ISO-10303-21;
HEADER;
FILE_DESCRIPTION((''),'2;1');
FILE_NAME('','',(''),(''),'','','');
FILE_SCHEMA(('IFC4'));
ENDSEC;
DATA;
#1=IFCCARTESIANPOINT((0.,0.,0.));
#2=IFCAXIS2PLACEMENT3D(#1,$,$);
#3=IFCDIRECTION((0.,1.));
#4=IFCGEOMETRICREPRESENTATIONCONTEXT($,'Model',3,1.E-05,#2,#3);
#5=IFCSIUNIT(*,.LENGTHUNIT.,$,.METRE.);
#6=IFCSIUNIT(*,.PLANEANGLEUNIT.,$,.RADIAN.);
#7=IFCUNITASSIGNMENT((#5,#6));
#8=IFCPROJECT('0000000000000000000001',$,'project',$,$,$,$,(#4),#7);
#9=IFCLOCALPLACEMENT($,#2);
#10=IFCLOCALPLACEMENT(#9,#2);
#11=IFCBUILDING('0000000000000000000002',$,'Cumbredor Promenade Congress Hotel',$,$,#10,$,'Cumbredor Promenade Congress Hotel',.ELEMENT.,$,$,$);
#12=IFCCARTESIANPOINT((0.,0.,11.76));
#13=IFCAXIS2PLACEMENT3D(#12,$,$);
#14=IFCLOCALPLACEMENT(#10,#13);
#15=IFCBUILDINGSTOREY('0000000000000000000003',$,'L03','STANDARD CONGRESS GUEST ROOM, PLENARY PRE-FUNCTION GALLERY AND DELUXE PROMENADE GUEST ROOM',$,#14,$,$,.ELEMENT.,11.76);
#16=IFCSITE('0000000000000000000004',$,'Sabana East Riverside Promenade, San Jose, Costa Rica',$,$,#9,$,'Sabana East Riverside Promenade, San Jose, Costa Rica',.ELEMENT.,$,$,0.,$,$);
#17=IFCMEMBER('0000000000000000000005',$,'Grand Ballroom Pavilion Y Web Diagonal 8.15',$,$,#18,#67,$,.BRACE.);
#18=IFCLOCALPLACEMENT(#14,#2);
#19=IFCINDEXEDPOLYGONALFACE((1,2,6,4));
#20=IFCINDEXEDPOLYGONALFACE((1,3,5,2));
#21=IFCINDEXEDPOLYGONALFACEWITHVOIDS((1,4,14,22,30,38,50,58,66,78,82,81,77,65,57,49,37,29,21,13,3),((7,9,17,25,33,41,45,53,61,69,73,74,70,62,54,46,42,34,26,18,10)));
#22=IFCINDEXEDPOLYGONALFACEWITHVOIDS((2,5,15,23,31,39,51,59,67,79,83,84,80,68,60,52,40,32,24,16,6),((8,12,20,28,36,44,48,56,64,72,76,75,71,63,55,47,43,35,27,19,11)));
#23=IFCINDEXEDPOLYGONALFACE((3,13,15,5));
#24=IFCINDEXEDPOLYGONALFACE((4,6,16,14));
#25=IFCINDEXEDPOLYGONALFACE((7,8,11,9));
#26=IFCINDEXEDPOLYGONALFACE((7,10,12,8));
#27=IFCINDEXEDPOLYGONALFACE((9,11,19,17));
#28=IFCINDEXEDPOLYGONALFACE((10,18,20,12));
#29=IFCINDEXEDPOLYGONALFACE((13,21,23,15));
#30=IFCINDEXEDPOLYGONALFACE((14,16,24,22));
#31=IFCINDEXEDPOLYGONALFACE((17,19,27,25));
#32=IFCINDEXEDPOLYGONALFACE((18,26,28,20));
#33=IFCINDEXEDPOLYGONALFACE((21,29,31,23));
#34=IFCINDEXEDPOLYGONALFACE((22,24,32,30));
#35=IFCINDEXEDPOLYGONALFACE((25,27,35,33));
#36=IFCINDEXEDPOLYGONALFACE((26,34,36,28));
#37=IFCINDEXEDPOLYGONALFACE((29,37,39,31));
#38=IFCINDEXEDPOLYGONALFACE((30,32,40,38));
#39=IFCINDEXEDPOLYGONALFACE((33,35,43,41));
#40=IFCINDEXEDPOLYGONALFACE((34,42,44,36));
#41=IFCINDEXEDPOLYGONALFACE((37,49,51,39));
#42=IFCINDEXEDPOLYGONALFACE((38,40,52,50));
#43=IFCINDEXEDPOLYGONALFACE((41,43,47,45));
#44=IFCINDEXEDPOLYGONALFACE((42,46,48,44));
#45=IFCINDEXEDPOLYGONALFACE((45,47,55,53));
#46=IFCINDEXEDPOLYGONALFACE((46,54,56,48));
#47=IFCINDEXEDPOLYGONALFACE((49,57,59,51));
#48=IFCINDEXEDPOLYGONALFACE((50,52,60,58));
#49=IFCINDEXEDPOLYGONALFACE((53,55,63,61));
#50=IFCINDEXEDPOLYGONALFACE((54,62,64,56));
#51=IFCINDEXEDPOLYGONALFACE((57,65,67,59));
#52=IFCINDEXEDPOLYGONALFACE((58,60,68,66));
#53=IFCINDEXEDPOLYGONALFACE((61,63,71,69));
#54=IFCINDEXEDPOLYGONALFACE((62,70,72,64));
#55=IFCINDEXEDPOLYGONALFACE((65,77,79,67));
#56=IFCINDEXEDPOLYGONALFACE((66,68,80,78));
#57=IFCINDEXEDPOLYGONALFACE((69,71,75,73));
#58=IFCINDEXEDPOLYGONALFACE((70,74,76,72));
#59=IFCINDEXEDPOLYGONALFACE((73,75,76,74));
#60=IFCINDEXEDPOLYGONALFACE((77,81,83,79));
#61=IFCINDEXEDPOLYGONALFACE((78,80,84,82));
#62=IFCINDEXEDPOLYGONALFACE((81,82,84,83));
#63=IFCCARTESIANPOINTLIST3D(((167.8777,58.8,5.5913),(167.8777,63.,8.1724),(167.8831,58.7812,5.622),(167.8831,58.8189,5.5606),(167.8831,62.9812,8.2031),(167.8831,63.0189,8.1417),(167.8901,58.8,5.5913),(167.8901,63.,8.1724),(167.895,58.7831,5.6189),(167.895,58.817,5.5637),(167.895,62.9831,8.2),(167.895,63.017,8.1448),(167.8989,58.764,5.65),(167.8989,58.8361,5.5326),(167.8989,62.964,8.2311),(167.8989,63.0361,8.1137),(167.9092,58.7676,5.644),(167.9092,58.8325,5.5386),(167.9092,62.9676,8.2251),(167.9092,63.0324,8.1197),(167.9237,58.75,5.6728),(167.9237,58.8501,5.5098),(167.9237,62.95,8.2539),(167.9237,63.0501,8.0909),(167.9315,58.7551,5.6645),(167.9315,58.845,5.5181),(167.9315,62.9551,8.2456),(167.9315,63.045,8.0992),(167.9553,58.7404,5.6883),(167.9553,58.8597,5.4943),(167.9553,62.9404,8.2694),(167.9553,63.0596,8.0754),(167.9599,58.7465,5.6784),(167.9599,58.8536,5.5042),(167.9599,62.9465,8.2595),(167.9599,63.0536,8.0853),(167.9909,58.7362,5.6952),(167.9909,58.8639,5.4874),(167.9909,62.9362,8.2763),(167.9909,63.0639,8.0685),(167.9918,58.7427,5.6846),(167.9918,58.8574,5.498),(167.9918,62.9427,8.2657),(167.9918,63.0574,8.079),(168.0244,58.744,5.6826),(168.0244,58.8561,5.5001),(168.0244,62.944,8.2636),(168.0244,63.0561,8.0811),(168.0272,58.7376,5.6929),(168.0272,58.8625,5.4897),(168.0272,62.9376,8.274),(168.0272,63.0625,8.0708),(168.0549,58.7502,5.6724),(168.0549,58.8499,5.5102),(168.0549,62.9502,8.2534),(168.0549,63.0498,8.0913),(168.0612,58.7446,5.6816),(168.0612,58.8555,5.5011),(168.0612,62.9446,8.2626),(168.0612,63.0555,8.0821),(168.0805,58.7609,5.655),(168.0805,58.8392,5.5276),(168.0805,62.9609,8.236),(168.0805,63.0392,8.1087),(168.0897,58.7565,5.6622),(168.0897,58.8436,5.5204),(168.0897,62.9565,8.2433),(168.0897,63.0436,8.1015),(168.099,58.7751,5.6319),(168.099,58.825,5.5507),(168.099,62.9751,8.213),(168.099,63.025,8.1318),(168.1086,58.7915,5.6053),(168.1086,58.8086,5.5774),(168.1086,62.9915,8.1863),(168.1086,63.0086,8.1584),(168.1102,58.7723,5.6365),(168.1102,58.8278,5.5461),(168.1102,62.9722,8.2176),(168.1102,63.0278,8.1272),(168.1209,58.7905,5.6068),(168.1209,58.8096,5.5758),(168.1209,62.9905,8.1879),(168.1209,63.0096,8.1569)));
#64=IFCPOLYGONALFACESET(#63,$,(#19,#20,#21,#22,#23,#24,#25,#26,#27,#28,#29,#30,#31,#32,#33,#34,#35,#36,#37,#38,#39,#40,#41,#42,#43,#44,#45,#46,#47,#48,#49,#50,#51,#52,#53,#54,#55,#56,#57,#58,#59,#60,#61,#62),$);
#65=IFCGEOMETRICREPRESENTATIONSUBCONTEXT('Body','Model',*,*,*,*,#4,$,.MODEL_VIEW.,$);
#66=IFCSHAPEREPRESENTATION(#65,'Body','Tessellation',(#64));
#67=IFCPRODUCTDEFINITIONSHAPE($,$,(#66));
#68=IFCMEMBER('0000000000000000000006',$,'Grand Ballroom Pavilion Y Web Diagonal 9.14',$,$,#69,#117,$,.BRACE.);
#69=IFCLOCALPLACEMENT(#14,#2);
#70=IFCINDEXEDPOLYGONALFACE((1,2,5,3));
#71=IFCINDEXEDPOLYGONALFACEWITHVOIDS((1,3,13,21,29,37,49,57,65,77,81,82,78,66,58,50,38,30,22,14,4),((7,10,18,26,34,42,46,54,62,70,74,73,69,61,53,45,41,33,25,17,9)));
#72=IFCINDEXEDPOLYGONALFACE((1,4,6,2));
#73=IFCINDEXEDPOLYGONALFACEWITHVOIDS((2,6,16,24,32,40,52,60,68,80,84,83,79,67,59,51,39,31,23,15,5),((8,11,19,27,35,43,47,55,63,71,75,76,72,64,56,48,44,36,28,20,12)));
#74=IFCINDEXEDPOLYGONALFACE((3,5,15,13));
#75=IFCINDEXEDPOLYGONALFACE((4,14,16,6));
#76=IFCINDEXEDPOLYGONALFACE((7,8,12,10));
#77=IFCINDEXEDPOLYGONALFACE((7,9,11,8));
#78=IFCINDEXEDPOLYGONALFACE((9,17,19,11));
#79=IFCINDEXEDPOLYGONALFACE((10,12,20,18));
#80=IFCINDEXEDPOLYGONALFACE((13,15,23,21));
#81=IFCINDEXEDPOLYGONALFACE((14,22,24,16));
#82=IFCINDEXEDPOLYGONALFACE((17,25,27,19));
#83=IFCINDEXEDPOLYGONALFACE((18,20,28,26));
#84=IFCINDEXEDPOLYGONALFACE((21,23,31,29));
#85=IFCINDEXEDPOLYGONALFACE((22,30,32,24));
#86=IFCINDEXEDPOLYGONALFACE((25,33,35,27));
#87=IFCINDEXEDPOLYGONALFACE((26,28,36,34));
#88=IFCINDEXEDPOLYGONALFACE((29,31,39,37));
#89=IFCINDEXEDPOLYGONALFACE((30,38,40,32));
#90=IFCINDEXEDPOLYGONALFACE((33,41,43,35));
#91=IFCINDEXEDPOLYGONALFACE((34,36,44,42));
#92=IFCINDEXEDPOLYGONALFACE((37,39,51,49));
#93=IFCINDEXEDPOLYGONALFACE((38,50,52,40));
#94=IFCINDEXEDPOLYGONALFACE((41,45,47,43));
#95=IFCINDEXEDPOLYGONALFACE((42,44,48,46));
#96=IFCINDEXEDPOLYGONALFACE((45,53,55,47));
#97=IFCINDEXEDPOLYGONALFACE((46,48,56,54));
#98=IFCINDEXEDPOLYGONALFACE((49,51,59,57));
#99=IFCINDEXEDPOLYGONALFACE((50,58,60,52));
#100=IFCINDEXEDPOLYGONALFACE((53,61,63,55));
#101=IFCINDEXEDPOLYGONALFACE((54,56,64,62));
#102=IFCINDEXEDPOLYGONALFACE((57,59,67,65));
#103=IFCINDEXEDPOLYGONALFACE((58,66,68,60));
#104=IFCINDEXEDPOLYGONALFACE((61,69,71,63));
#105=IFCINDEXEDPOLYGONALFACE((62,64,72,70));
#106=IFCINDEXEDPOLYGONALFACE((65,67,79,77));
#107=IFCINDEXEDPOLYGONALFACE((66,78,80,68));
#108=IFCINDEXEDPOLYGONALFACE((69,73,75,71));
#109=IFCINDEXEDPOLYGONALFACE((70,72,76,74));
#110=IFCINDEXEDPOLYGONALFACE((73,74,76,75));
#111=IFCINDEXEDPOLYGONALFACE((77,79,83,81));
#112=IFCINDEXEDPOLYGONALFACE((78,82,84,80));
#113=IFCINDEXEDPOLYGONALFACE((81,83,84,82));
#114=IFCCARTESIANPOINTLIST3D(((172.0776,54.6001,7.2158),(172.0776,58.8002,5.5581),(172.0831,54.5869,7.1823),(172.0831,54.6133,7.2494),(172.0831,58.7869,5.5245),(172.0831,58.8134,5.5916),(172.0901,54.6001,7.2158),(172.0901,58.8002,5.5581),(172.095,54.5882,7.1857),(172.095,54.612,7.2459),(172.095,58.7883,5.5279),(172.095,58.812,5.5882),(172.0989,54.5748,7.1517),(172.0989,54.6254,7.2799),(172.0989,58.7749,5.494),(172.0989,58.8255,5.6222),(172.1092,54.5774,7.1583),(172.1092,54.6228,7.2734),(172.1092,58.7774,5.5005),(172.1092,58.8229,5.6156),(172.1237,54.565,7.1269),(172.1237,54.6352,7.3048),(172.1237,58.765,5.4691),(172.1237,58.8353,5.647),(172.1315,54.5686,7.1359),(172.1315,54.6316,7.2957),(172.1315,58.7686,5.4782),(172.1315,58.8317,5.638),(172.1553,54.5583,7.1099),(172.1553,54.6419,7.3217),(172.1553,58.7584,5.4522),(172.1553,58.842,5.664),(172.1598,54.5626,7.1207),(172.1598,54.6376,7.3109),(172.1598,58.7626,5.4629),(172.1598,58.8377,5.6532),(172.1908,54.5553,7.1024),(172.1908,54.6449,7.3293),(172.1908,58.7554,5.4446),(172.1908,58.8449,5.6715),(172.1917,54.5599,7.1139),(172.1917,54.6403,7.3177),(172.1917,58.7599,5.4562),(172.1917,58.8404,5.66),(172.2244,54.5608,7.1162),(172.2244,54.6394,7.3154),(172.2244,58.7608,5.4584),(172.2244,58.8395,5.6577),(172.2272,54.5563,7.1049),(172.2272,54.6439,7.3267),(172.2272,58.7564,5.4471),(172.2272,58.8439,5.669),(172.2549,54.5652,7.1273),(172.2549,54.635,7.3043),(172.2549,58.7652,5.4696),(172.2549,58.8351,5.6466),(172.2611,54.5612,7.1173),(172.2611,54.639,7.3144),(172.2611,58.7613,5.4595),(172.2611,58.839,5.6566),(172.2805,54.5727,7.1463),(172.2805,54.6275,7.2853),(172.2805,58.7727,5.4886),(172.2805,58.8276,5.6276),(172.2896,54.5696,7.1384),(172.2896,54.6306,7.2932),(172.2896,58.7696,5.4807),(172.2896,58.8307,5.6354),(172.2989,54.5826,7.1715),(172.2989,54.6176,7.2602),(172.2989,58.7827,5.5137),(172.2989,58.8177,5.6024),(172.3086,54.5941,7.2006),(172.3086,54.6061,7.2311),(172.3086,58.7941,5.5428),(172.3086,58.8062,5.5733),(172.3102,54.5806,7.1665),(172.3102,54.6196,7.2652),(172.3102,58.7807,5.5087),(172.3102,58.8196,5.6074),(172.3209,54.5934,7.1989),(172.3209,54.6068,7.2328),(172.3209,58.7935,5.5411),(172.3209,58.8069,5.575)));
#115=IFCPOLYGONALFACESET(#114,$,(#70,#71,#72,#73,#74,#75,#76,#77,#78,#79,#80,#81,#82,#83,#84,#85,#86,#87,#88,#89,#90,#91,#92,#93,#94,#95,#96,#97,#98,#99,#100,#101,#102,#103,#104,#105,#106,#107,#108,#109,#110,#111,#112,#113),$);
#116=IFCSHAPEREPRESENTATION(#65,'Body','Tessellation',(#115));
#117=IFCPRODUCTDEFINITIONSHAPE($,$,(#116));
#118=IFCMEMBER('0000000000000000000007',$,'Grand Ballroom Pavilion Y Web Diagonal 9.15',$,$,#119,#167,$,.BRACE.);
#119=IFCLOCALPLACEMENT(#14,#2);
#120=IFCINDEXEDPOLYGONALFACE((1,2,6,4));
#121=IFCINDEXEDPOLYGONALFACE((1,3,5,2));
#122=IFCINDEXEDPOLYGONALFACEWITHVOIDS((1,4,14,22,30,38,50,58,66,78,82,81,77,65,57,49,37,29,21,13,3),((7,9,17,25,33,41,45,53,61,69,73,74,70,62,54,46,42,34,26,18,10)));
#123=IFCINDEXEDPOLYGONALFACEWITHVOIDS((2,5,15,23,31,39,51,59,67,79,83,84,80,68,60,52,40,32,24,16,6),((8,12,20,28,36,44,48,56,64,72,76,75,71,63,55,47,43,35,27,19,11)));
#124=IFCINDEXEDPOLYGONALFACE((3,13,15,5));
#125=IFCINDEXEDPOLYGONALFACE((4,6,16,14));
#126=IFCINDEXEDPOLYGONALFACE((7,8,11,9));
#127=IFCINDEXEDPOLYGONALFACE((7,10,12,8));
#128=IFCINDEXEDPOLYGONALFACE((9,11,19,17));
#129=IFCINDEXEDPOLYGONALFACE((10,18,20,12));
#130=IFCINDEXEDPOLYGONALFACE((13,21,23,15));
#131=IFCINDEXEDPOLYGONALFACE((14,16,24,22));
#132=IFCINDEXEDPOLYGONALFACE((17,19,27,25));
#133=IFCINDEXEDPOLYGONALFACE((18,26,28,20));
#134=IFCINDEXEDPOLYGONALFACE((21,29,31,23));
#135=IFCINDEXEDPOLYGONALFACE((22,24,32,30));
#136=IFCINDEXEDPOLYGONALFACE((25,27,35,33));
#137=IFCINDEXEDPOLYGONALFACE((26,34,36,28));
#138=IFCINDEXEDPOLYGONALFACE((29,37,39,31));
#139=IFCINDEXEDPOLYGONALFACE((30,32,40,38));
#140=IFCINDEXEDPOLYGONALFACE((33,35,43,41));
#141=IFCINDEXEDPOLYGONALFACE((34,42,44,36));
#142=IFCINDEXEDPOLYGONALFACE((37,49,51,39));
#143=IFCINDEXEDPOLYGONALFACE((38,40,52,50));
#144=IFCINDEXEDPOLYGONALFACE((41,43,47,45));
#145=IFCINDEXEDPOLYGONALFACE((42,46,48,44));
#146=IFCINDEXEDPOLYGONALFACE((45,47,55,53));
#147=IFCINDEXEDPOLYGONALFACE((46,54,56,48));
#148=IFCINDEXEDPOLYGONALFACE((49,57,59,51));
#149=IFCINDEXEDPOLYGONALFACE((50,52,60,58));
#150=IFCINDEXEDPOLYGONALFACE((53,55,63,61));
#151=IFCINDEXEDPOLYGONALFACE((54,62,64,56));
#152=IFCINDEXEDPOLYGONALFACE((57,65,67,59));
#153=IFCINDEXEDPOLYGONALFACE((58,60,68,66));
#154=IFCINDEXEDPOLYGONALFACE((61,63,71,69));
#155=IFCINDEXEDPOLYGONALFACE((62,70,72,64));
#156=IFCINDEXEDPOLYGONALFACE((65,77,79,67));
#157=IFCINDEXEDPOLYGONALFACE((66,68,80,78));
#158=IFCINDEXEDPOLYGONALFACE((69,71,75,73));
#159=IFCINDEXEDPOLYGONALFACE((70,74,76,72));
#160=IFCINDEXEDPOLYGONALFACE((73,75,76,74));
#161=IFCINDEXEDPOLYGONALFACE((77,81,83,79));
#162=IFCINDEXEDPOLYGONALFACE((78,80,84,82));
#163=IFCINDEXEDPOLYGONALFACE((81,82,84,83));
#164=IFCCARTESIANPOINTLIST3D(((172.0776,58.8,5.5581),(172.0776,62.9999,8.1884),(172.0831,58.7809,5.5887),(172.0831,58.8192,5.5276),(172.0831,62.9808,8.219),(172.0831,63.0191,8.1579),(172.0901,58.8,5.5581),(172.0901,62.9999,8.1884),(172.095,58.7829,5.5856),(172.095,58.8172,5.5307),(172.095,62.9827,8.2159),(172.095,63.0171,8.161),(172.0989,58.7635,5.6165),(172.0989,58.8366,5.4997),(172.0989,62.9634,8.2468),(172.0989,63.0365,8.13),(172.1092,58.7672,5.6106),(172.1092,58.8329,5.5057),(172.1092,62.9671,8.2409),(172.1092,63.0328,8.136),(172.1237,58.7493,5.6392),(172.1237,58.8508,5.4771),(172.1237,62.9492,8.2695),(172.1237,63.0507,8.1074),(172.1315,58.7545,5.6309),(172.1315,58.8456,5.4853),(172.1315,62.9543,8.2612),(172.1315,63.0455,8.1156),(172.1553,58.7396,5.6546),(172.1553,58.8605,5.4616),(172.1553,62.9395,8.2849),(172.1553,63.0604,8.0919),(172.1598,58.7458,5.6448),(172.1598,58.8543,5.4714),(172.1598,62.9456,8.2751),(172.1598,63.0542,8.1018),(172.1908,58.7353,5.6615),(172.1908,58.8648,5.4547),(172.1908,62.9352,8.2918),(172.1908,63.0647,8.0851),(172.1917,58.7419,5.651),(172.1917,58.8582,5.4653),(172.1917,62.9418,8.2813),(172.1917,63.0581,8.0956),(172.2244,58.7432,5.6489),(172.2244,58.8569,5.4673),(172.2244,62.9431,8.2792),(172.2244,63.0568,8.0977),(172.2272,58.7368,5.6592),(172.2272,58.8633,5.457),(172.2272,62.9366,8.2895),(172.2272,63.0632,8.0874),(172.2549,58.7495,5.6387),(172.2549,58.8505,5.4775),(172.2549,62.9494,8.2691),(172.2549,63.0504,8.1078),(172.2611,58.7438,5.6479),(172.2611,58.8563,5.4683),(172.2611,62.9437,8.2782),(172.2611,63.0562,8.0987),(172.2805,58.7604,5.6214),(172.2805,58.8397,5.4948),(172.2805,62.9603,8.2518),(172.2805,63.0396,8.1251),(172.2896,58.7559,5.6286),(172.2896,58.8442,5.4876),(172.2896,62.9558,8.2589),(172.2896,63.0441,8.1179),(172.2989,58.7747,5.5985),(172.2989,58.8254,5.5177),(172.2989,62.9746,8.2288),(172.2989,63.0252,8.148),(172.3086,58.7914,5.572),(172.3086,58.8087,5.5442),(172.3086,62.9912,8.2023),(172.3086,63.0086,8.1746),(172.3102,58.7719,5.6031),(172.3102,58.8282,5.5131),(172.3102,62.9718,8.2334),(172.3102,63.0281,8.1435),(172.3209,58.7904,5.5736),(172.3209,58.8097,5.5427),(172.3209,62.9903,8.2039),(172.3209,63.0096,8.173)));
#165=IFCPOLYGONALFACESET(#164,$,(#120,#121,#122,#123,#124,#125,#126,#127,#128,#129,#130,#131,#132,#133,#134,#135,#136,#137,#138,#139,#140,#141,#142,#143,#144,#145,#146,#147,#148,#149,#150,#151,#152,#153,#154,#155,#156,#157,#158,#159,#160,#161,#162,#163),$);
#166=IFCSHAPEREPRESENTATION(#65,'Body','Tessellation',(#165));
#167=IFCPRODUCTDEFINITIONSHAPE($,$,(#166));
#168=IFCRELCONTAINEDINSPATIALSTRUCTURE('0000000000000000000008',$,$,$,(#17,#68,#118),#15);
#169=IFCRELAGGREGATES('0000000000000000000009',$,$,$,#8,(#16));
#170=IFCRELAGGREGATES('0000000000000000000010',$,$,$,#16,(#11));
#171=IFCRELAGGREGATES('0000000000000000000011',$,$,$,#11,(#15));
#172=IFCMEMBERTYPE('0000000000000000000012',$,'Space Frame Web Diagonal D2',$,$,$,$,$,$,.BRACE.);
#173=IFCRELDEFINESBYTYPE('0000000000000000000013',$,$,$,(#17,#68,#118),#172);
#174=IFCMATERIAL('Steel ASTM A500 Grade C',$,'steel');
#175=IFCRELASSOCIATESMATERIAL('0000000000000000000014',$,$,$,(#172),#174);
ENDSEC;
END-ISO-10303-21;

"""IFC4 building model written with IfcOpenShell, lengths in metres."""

from ifc_helpers import new_model, si_unit, direction, frame, origin, origin_2d, place, context, subcontext, project, spatial, hollow_circle, extrude, material, material_profile, profile_set, type_object, element, save


model = new_model("IFC4")

# Units and contexts
model_context = context("Model", 3, precision=1e-05, world=origin(), true_north=direction((0.0, 1.0)))
body_context = subcontext(model_context, "Body", "Model", "MODEL_VIEW")
ifc_project = project(units=[si_unit("LENGTHUNIT", "METRE"), si_unit("PLANEANGLEUNIT", "RADIAN")], contexts=[model_context])

# Site, building, storey
site_placement = place(None, origin())
site = spatial("IfcSite", under=ifc_project, at=site_placement, Name="Sabana East Riverside Promenade, San Jose, Costa Rica", LongName="Sabana East Riverside Promenade, San Jose, Costa Rica", CompositionType="ELEMENT", RefElevation=0.0)
building_placement = place(site_placement, origin())
building = spatial("IfcBuilding", under=site, at=building_placement, Name="Cumbredor Promenade Congress Hotel", LongName="Cumbredor Promenade Congress Hotel", CompositionType="ELEMENT")
storey_placement = place(building_placement, frame((0.0, 0.0, 11.76)))
storey = spatial("IfcBuildingStorey", under=building, at=storey_placement, Name="L03", Description="STANDARD CONGRESS GUEST ROOM, PLENARY PRE-FUNCTION GALLERY AND DELUXE PROMENADE GUEST ROOM", CompositionType="ELEMENT", Elevation=11.76)

# Members
ifc_material_1 = material(Name="Steel ASTM A500 Grade C", Category="steel")
ifc_material_profile_1 = material_profile(ifc_material_1, hollow_circle(Radius=0.1223, WallThickness=0.0125, at=origin_2d()), Name="CHS 244.5x12.5")
ifc_profile_set_1 = profile_set([ifc_material_profile_1], Name="Steel ASTM A500 Grade C")
member_type_1 = type_object("IfcMemberType", Name="Space Frame Web Diagonal D2", PredefinedType="BRACE", material=ifc_profile_set_1)
member_1_placement = place(storey_placement, frame((168.0, 58.8, 5.5913), z_axis=(0.0, 0.851978, 0.523578), x_axis=(-1.0, 0.0, 0.0)))
element("IfcMember", 1, at=member_1_placement, inside=storey, type_object=member_type_1, Name="Grand Ballroom Pavilion Y Web Diagonal 8.15", PredefinedType="BRACE", context=body_context, shape_type="SweptSolid", body=[
    extrude(hollow_circle(Radius=0.1223, WallThickness=0.0125, at=origin_2d()), origin(), (0.0, 0.0, 1.0), 4.9297),
])
member_2_placement = place(storey_placement, frame((172.2, 54.6001, 7.2158), z_axis=(0.0, 0.930167, -0.367136), x_axis=(-1.0, 0.0, 0.0)))
element("IfcMember", 2, at=member_2_placement, inside=storey, type_object=member_type_1, Name="Grand Ballroom Pavilion Y Web Diagonal 9.14", PredefinedType="BRACE", context=body_context, shape_type="SweptSolid", body=[
    extrude(hollow_circle(Radius=0.1223, WallThickness=0.0125, at=origin_2d()), origin(), (0.0, 0.0, 1.0), 4.5154),
])
member_3_placement = place(storey_placement, frame((172.2, 58.8, 5.5581), z_axis=(0.0, 0.847508, 0.530783), x_axis=(-1.0, 0.0, 0.0)))
element("IfcMember", 3, at=member_3_placement, inside=storey, type_object=member_type_1, Name="Grand Ballroom Pavilion Y Web Diagonal 9.15", PredefinedType="BRACE", context=body_context, shape_type="SweptSolid", body=[
    extrude(hollow_circle(Radius=0.1223, WallThickness=0.0125, at=origin_2d()), origin(), (0.0, 0.0, 1.0), 4.9556),
])

save(model, "model.ifc")
